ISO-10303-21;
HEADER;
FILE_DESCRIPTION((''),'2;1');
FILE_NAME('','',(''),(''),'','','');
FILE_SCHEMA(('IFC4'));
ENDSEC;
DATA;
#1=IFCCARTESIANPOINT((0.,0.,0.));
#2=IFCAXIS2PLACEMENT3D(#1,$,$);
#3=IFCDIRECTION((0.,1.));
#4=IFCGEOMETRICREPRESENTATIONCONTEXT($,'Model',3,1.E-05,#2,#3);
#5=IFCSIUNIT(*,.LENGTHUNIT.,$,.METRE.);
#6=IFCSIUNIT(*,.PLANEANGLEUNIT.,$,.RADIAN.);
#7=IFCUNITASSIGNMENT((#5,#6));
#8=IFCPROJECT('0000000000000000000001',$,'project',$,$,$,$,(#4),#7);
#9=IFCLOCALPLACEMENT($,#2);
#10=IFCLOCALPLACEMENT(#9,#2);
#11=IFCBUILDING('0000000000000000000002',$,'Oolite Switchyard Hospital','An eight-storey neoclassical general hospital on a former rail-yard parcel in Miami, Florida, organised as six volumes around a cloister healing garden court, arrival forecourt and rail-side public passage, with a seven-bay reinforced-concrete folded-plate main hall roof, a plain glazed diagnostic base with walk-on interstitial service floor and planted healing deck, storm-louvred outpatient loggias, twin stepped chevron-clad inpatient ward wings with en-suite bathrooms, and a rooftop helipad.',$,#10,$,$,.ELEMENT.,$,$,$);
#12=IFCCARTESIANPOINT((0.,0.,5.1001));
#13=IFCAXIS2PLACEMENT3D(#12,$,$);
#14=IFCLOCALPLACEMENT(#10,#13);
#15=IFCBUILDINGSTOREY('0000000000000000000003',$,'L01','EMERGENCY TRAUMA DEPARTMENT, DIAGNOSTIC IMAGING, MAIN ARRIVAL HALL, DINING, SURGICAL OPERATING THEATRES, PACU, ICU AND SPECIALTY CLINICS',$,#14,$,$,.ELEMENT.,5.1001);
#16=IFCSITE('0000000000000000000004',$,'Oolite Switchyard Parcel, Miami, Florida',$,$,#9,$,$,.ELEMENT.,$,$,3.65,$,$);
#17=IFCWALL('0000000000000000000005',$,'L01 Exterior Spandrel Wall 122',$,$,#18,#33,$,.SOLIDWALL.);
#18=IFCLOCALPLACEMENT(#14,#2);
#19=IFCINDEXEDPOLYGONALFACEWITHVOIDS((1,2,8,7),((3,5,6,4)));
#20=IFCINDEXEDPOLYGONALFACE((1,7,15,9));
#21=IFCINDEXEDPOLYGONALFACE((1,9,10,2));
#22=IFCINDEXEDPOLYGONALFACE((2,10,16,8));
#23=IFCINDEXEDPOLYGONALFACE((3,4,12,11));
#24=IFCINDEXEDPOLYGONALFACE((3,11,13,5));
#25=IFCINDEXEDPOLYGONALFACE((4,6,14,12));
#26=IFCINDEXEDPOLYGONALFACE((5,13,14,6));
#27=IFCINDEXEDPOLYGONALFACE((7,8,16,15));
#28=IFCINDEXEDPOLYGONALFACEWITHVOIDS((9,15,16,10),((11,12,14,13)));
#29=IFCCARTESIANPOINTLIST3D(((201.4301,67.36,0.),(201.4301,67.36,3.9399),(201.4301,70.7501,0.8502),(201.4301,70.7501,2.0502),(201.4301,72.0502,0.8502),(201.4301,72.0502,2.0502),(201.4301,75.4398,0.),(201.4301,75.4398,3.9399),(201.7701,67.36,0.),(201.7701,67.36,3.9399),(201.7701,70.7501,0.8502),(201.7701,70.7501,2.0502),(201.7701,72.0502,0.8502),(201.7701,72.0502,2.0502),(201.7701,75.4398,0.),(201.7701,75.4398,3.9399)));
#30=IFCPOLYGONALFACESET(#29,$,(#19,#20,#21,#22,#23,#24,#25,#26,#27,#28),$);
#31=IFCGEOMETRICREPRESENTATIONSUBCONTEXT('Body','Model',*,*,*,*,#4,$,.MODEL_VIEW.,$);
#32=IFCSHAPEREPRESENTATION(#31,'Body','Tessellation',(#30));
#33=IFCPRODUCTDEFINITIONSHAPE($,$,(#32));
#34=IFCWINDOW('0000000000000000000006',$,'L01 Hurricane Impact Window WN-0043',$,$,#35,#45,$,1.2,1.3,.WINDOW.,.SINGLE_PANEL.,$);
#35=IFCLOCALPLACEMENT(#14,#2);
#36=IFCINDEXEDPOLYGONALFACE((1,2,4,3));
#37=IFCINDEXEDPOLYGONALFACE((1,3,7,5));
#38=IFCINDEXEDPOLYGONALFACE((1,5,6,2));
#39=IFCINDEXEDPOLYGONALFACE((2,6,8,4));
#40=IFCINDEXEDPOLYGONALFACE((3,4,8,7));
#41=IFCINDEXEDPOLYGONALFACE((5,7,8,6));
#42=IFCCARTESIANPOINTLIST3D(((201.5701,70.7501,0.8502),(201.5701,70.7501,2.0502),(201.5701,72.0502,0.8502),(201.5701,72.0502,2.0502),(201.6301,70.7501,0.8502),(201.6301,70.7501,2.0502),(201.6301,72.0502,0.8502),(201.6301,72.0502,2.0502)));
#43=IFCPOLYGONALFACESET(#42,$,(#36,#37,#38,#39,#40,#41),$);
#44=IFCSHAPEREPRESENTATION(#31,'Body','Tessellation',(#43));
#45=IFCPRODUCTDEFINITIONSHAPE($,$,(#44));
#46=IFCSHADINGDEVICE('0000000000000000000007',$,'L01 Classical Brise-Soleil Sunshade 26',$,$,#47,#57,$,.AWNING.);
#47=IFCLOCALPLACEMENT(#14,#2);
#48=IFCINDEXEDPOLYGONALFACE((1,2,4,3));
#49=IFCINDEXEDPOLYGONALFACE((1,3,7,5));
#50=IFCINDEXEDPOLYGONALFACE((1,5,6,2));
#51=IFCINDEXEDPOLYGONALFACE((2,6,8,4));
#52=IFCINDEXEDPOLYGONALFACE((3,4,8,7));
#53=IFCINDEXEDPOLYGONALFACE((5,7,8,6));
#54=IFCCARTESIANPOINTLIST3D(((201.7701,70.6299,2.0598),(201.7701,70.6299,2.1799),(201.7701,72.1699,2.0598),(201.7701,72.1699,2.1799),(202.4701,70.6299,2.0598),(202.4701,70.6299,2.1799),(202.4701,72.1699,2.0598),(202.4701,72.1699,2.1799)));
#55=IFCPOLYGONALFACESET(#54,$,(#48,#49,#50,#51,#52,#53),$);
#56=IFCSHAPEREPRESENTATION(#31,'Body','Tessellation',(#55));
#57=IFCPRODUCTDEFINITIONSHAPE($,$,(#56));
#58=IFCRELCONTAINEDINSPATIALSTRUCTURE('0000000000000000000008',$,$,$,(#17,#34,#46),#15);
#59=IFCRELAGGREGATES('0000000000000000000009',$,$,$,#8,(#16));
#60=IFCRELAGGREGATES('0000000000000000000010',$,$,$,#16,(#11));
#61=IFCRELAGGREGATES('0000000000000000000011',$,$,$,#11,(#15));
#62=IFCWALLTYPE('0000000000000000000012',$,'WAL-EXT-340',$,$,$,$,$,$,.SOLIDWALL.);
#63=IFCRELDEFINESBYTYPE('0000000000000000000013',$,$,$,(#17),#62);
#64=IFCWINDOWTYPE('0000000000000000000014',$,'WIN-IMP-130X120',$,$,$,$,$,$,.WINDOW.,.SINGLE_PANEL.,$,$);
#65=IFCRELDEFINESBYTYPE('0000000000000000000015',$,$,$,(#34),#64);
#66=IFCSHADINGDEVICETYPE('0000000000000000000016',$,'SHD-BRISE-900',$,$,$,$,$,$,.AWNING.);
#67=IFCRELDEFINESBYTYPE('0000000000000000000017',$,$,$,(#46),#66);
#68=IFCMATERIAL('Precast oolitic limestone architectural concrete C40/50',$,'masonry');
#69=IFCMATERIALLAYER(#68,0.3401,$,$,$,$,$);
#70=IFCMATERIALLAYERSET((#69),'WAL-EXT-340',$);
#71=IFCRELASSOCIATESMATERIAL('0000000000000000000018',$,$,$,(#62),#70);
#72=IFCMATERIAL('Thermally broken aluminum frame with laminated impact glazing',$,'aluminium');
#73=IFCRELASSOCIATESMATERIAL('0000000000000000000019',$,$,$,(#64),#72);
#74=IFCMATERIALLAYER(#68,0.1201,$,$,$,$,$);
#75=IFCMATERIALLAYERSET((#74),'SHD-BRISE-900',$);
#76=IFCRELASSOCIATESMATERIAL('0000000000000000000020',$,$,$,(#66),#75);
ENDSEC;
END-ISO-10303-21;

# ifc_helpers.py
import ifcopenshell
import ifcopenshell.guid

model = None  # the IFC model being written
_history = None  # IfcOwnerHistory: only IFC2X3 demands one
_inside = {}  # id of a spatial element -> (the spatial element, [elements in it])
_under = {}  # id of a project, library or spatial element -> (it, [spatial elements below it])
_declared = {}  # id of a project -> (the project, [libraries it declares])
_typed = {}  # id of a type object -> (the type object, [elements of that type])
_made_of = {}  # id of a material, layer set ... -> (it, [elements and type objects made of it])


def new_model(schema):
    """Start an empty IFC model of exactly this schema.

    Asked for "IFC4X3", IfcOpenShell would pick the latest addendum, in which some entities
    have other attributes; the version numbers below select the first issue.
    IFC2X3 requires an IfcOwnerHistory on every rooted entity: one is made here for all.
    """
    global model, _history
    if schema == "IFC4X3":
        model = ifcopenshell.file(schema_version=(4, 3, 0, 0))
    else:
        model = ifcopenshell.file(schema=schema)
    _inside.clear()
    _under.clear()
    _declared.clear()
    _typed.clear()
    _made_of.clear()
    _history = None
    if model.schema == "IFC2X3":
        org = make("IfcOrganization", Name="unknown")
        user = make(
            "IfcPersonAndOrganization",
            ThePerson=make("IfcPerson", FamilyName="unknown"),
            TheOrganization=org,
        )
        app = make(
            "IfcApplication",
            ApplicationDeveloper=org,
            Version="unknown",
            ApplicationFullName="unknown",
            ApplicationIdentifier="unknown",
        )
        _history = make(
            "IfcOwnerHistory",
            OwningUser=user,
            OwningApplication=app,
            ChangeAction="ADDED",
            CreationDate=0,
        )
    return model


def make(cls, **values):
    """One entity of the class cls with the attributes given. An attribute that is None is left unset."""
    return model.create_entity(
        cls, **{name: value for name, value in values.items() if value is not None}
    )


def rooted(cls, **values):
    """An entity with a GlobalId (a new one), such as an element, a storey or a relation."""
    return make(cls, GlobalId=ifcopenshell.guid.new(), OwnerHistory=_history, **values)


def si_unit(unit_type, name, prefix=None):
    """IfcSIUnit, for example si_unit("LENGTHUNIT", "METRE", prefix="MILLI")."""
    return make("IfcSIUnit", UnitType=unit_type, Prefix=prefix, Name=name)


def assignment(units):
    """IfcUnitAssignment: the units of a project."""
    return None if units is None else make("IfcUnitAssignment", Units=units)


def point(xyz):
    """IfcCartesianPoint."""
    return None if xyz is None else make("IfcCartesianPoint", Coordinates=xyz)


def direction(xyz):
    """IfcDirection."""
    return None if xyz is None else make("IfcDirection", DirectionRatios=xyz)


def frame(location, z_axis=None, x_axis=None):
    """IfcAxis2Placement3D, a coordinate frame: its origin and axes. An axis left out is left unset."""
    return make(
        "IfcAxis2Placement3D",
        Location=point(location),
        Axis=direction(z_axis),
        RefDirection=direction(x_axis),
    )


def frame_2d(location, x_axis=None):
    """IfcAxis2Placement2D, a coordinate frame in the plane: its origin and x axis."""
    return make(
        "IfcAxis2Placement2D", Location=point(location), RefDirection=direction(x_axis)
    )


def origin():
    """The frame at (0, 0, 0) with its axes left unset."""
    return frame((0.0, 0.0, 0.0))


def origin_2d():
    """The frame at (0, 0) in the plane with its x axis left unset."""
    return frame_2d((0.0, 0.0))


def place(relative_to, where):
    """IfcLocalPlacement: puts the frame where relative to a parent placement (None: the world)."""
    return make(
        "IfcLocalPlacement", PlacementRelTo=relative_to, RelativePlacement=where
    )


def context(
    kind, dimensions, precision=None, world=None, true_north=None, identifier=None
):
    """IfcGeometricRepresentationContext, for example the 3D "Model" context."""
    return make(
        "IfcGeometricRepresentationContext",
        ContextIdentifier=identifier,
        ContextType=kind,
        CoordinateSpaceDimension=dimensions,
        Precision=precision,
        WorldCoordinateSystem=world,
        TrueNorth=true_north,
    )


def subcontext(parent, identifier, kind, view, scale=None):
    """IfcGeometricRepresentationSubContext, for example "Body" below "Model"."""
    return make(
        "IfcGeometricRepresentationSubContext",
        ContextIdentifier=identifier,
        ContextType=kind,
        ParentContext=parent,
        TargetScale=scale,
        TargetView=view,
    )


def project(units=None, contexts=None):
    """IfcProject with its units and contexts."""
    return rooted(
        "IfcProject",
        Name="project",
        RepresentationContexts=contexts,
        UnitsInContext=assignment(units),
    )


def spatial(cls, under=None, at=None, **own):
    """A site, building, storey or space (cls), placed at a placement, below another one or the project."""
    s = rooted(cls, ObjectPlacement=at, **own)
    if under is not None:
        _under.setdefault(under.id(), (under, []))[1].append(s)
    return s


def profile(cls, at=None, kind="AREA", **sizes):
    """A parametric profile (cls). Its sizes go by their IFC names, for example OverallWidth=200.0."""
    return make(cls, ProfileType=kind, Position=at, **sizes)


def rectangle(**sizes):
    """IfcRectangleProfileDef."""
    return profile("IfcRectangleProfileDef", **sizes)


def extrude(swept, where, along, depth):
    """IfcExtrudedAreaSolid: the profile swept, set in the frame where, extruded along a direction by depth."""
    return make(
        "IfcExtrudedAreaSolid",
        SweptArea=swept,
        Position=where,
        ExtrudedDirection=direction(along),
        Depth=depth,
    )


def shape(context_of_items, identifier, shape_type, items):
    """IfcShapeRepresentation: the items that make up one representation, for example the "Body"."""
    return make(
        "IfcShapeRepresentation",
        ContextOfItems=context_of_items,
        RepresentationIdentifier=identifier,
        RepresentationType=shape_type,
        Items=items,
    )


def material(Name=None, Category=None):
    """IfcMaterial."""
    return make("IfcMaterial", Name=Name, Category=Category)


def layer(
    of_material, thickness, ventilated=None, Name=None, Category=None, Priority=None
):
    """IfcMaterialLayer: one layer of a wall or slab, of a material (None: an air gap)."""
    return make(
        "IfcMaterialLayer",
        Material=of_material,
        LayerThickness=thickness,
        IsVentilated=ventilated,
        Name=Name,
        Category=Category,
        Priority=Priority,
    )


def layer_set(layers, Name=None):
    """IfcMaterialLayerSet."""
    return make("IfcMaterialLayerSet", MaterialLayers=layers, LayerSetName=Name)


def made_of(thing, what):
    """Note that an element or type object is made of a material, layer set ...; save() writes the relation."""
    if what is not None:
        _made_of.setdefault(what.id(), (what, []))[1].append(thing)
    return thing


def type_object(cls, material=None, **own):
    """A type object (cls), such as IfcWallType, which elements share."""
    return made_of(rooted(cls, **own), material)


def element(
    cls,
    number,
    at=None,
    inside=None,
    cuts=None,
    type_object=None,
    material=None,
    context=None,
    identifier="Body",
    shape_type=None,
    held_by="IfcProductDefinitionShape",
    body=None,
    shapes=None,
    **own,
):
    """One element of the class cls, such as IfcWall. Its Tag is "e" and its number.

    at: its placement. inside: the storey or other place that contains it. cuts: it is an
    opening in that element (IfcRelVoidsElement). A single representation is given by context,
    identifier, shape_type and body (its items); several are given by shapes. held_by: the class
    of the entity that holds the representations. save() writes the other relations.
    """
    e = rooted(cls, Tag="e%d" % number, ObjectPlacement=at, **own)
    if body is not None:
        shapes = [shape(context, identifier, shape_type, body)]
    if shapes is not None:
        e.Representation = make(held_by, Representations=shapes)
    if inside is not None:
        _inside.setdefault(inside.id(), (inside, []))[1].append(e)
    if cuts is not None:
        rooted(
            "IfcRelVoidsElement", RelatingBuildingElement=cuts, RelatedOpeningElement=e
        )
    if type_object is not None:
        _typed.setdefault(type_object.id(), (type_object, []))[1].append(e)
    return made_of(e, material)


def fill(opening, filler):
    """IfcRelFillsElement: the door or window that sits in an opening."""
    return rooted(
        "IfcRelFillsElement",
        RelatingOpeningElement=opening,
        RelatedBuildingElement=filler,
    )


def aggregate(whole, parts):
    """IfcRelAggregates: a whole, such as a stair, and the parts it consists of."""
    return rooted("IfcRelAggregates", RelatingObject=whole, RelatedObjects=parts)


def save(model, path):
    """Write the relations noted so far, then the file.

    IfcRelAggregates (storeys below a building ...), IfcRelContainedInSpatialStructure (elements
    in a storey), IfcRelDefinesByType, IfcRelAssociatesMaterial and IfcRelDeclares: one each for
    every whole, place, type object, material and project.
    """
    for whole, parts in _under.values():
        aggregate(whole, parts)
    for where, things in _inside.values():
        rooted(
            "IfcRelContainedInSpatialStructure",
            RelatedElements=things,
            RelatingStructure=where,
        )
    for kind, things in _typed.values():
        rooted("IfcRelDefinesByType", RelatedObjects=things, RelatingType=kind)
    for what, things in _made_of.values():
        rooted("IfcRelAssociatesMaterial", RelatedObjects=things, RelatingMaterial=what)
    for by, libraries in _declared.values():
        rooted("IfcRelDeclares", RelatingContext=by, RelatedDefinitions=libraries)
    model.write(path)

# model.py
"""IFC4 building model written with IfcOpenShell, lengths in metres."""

from ifc_helpers import new_model, si_unit, direction, frame, frame_2d, origin, origin_2d, place, context, subcontext, project, spatial, rectangle, extrude, material, layer, layer_set, type_object, element, fill, save


model = new_model("IFC4")

# Units and contexts
model_context = context("Model", 3, precision=1e-05, world=origin(), true_north=direction((0.0, 1.0)))
body_context = subcontext(model_context, "Body", "Model", "MODEL_VIEW")
ifc_project = project(units=[si_unit("LENGTHUNIT", "METRE"), si_unit("PLANEANGLEUNIT", "RADIAN")], contexts=[model_context])

# Site, building, storey
site_placement = place(None, origin())
site = spatial("IfcSite", under=ifc_project, at=site_placement, Name="Oolite Switchyard Parcel, Miami, Florida", CompositionType="ELEMENT", RefElevation=3.65)
building_placement = place(site_placement, origin())
building = spatial("IfcBuilding", under=site, at=building_placement, Name="Oolite Switchyard Hospital", Description="An eight-storey neoclassical general hospital on a former rail-yard parcel in Miami, Florida, organised as six volumes around a cloister healing garden court, arrival forecourt and rail-side public passage, with a seven-bay reinforced-concrete folded-plate main hall roof, a plain glazed diagnostic base with walk-on interstitial service floor and planted healing deck, storm-louvred outpatient loggias, twin stepped chevron-clad inpatient ward wings with en-suite bathrooms, and a rooftop helipad.", CompositionType="ELEMENT")
storey_placement = place(building_placement, frame((0.0, 0.0, 5.1001)))
storey = spatial("IfcBuildingStorey", under=building, at=storey_placement, Name="L01", Description="EMERGENCY TRAUMA DEPARTMENT, DIAGNOSTIC IMAGING, MAIN ARRIVAL HALL, DINING, SURGICAL OPERATING THEATRES, PACU, ICU AND SPECIALTY CLINICS", CompositionType="ELEMENT", Elevation=5.1001)

# Shared definitions
ifc_material_1 = material(Name="Thermally broken aluminum frame with laminated impact glazing", Category="aluminium")

# Wall, opening, window
ifc_material_2 = material(Name="Precast oolitic limestone architectural concrete C40/50", Category="masonry")
ifc_layer_1 = layer(ifc_material_2, 0.3401)
ifc_layer_set_1 = layer_set([ifc_layer_1], Name="WAL-EXT-340")
wall_type = type_object("IfcWallType", Name="WAL-EXT-340", PredefinedType="SOLIDWALL", material=ifc_layer_set_1)
wall_placement = place(storey_placement, frame((201.6001, 75.4399, 0.0), z_axis=(0.0, 0.0, 1.0), x_axis=(0.0, -1.0, 0.0)))
wall = element("IfcWall", 1, at=wall_placement, inside=storey, type_object=wall_type, Name="L01 Exterior Spandrel Wall 122", PredefinedType="SOLIDWALL", context=body_context, shape_type="SweptSolid", body=[
    extrude(rectangle(XDim=8.0798, YDim=0.3401, at=frame_2d((4.04, 0.0))), origin(), (0.0, 0.0, 1.0), 3.9399),
])
opening_placement = place(wall_placement, frame((3.3899, 0.0, 0.8501)))
opening = element("IfcOpeningElement", 2, at=opening_placement, cuts=wall, PredefinedType="OPENING", context=body_context, shape_type="SweptSolid", body=[
    extrude(rectangle(XDim=1.3, YDim=1.2, at=frame_2d((0.6499, 0.6001))), frame((0.0, 0.1802, 0.0), z_axis=(0.0, -1.0, 0.0), x_axis=(1.0, 0.0, 0.0)), (0.0, 0.0, 1.0), 0.3601),
])
window_type = type_object("IfcWindowType", Name="WIN-IMP-130X120", PartitioningType="SINGLE_PANEL", PredefinedType="WINDOW", material=ifc_material_1)
window_placement = place(opening_placement, origin())
window = element("IfcWindow", 3, at=window_placement, inside=storey, type_object=window_type, Name="L01 Hurricane Impact Window WN-0043", OverallHeight=1.2, OverallWidth=1.3, PartitioningType="SINGLE_PANEL", PredefinedType="WINDOW", context=body_context, shape_type="SweptSolid", body=[
    extrude(rectangle(XDim=1.3, YDim=1.2, at=frame_2d((0.6499, 0.6001))), frame((0.0, 0.03, 0.0), z_axis=(0.0, -1.0, 0.0), x_axis=(1.0, 0.0, 0.0)), (0.0, 0.0, 1.0), 0.0601),
])
fill(opening, window)

# Shading device
ifc_layer_2 = layer(ifc_material_2, 0.1201)
ifc_layer_set_2 = layer_set([ifc_layer_2], Name="SHD-BRISE-900")
shading_device_type = type_object("IfcShadingDeviceType", Name="SHD-BRISE-900", PredefinedType="AWNING", material=ifc_layer_set_2)
shading_device_placement = place(storey_placement, frame((202.1201, 71.3999, 2.0598), z_axis=(0.0, 0.0, 1.0), x_axis=(0.0, 1.0, 0.0)))
element("IfcShadingDevice", 4, at=shading_device_placement, inside=storey, type_object=shading_device_type, Name="L01 Classical Brise-Soleil Sunshade 26", PredefinedType="AWNING", context=body_context, shape_type="SweptSolid", body=[
    extrude(rectangle(XDim=1.54, YDim=0.7, at=origin_2d()), origin(), (0.0, 0.0, 1.0), 0.1201),
])

save(model, "model.ifc")
